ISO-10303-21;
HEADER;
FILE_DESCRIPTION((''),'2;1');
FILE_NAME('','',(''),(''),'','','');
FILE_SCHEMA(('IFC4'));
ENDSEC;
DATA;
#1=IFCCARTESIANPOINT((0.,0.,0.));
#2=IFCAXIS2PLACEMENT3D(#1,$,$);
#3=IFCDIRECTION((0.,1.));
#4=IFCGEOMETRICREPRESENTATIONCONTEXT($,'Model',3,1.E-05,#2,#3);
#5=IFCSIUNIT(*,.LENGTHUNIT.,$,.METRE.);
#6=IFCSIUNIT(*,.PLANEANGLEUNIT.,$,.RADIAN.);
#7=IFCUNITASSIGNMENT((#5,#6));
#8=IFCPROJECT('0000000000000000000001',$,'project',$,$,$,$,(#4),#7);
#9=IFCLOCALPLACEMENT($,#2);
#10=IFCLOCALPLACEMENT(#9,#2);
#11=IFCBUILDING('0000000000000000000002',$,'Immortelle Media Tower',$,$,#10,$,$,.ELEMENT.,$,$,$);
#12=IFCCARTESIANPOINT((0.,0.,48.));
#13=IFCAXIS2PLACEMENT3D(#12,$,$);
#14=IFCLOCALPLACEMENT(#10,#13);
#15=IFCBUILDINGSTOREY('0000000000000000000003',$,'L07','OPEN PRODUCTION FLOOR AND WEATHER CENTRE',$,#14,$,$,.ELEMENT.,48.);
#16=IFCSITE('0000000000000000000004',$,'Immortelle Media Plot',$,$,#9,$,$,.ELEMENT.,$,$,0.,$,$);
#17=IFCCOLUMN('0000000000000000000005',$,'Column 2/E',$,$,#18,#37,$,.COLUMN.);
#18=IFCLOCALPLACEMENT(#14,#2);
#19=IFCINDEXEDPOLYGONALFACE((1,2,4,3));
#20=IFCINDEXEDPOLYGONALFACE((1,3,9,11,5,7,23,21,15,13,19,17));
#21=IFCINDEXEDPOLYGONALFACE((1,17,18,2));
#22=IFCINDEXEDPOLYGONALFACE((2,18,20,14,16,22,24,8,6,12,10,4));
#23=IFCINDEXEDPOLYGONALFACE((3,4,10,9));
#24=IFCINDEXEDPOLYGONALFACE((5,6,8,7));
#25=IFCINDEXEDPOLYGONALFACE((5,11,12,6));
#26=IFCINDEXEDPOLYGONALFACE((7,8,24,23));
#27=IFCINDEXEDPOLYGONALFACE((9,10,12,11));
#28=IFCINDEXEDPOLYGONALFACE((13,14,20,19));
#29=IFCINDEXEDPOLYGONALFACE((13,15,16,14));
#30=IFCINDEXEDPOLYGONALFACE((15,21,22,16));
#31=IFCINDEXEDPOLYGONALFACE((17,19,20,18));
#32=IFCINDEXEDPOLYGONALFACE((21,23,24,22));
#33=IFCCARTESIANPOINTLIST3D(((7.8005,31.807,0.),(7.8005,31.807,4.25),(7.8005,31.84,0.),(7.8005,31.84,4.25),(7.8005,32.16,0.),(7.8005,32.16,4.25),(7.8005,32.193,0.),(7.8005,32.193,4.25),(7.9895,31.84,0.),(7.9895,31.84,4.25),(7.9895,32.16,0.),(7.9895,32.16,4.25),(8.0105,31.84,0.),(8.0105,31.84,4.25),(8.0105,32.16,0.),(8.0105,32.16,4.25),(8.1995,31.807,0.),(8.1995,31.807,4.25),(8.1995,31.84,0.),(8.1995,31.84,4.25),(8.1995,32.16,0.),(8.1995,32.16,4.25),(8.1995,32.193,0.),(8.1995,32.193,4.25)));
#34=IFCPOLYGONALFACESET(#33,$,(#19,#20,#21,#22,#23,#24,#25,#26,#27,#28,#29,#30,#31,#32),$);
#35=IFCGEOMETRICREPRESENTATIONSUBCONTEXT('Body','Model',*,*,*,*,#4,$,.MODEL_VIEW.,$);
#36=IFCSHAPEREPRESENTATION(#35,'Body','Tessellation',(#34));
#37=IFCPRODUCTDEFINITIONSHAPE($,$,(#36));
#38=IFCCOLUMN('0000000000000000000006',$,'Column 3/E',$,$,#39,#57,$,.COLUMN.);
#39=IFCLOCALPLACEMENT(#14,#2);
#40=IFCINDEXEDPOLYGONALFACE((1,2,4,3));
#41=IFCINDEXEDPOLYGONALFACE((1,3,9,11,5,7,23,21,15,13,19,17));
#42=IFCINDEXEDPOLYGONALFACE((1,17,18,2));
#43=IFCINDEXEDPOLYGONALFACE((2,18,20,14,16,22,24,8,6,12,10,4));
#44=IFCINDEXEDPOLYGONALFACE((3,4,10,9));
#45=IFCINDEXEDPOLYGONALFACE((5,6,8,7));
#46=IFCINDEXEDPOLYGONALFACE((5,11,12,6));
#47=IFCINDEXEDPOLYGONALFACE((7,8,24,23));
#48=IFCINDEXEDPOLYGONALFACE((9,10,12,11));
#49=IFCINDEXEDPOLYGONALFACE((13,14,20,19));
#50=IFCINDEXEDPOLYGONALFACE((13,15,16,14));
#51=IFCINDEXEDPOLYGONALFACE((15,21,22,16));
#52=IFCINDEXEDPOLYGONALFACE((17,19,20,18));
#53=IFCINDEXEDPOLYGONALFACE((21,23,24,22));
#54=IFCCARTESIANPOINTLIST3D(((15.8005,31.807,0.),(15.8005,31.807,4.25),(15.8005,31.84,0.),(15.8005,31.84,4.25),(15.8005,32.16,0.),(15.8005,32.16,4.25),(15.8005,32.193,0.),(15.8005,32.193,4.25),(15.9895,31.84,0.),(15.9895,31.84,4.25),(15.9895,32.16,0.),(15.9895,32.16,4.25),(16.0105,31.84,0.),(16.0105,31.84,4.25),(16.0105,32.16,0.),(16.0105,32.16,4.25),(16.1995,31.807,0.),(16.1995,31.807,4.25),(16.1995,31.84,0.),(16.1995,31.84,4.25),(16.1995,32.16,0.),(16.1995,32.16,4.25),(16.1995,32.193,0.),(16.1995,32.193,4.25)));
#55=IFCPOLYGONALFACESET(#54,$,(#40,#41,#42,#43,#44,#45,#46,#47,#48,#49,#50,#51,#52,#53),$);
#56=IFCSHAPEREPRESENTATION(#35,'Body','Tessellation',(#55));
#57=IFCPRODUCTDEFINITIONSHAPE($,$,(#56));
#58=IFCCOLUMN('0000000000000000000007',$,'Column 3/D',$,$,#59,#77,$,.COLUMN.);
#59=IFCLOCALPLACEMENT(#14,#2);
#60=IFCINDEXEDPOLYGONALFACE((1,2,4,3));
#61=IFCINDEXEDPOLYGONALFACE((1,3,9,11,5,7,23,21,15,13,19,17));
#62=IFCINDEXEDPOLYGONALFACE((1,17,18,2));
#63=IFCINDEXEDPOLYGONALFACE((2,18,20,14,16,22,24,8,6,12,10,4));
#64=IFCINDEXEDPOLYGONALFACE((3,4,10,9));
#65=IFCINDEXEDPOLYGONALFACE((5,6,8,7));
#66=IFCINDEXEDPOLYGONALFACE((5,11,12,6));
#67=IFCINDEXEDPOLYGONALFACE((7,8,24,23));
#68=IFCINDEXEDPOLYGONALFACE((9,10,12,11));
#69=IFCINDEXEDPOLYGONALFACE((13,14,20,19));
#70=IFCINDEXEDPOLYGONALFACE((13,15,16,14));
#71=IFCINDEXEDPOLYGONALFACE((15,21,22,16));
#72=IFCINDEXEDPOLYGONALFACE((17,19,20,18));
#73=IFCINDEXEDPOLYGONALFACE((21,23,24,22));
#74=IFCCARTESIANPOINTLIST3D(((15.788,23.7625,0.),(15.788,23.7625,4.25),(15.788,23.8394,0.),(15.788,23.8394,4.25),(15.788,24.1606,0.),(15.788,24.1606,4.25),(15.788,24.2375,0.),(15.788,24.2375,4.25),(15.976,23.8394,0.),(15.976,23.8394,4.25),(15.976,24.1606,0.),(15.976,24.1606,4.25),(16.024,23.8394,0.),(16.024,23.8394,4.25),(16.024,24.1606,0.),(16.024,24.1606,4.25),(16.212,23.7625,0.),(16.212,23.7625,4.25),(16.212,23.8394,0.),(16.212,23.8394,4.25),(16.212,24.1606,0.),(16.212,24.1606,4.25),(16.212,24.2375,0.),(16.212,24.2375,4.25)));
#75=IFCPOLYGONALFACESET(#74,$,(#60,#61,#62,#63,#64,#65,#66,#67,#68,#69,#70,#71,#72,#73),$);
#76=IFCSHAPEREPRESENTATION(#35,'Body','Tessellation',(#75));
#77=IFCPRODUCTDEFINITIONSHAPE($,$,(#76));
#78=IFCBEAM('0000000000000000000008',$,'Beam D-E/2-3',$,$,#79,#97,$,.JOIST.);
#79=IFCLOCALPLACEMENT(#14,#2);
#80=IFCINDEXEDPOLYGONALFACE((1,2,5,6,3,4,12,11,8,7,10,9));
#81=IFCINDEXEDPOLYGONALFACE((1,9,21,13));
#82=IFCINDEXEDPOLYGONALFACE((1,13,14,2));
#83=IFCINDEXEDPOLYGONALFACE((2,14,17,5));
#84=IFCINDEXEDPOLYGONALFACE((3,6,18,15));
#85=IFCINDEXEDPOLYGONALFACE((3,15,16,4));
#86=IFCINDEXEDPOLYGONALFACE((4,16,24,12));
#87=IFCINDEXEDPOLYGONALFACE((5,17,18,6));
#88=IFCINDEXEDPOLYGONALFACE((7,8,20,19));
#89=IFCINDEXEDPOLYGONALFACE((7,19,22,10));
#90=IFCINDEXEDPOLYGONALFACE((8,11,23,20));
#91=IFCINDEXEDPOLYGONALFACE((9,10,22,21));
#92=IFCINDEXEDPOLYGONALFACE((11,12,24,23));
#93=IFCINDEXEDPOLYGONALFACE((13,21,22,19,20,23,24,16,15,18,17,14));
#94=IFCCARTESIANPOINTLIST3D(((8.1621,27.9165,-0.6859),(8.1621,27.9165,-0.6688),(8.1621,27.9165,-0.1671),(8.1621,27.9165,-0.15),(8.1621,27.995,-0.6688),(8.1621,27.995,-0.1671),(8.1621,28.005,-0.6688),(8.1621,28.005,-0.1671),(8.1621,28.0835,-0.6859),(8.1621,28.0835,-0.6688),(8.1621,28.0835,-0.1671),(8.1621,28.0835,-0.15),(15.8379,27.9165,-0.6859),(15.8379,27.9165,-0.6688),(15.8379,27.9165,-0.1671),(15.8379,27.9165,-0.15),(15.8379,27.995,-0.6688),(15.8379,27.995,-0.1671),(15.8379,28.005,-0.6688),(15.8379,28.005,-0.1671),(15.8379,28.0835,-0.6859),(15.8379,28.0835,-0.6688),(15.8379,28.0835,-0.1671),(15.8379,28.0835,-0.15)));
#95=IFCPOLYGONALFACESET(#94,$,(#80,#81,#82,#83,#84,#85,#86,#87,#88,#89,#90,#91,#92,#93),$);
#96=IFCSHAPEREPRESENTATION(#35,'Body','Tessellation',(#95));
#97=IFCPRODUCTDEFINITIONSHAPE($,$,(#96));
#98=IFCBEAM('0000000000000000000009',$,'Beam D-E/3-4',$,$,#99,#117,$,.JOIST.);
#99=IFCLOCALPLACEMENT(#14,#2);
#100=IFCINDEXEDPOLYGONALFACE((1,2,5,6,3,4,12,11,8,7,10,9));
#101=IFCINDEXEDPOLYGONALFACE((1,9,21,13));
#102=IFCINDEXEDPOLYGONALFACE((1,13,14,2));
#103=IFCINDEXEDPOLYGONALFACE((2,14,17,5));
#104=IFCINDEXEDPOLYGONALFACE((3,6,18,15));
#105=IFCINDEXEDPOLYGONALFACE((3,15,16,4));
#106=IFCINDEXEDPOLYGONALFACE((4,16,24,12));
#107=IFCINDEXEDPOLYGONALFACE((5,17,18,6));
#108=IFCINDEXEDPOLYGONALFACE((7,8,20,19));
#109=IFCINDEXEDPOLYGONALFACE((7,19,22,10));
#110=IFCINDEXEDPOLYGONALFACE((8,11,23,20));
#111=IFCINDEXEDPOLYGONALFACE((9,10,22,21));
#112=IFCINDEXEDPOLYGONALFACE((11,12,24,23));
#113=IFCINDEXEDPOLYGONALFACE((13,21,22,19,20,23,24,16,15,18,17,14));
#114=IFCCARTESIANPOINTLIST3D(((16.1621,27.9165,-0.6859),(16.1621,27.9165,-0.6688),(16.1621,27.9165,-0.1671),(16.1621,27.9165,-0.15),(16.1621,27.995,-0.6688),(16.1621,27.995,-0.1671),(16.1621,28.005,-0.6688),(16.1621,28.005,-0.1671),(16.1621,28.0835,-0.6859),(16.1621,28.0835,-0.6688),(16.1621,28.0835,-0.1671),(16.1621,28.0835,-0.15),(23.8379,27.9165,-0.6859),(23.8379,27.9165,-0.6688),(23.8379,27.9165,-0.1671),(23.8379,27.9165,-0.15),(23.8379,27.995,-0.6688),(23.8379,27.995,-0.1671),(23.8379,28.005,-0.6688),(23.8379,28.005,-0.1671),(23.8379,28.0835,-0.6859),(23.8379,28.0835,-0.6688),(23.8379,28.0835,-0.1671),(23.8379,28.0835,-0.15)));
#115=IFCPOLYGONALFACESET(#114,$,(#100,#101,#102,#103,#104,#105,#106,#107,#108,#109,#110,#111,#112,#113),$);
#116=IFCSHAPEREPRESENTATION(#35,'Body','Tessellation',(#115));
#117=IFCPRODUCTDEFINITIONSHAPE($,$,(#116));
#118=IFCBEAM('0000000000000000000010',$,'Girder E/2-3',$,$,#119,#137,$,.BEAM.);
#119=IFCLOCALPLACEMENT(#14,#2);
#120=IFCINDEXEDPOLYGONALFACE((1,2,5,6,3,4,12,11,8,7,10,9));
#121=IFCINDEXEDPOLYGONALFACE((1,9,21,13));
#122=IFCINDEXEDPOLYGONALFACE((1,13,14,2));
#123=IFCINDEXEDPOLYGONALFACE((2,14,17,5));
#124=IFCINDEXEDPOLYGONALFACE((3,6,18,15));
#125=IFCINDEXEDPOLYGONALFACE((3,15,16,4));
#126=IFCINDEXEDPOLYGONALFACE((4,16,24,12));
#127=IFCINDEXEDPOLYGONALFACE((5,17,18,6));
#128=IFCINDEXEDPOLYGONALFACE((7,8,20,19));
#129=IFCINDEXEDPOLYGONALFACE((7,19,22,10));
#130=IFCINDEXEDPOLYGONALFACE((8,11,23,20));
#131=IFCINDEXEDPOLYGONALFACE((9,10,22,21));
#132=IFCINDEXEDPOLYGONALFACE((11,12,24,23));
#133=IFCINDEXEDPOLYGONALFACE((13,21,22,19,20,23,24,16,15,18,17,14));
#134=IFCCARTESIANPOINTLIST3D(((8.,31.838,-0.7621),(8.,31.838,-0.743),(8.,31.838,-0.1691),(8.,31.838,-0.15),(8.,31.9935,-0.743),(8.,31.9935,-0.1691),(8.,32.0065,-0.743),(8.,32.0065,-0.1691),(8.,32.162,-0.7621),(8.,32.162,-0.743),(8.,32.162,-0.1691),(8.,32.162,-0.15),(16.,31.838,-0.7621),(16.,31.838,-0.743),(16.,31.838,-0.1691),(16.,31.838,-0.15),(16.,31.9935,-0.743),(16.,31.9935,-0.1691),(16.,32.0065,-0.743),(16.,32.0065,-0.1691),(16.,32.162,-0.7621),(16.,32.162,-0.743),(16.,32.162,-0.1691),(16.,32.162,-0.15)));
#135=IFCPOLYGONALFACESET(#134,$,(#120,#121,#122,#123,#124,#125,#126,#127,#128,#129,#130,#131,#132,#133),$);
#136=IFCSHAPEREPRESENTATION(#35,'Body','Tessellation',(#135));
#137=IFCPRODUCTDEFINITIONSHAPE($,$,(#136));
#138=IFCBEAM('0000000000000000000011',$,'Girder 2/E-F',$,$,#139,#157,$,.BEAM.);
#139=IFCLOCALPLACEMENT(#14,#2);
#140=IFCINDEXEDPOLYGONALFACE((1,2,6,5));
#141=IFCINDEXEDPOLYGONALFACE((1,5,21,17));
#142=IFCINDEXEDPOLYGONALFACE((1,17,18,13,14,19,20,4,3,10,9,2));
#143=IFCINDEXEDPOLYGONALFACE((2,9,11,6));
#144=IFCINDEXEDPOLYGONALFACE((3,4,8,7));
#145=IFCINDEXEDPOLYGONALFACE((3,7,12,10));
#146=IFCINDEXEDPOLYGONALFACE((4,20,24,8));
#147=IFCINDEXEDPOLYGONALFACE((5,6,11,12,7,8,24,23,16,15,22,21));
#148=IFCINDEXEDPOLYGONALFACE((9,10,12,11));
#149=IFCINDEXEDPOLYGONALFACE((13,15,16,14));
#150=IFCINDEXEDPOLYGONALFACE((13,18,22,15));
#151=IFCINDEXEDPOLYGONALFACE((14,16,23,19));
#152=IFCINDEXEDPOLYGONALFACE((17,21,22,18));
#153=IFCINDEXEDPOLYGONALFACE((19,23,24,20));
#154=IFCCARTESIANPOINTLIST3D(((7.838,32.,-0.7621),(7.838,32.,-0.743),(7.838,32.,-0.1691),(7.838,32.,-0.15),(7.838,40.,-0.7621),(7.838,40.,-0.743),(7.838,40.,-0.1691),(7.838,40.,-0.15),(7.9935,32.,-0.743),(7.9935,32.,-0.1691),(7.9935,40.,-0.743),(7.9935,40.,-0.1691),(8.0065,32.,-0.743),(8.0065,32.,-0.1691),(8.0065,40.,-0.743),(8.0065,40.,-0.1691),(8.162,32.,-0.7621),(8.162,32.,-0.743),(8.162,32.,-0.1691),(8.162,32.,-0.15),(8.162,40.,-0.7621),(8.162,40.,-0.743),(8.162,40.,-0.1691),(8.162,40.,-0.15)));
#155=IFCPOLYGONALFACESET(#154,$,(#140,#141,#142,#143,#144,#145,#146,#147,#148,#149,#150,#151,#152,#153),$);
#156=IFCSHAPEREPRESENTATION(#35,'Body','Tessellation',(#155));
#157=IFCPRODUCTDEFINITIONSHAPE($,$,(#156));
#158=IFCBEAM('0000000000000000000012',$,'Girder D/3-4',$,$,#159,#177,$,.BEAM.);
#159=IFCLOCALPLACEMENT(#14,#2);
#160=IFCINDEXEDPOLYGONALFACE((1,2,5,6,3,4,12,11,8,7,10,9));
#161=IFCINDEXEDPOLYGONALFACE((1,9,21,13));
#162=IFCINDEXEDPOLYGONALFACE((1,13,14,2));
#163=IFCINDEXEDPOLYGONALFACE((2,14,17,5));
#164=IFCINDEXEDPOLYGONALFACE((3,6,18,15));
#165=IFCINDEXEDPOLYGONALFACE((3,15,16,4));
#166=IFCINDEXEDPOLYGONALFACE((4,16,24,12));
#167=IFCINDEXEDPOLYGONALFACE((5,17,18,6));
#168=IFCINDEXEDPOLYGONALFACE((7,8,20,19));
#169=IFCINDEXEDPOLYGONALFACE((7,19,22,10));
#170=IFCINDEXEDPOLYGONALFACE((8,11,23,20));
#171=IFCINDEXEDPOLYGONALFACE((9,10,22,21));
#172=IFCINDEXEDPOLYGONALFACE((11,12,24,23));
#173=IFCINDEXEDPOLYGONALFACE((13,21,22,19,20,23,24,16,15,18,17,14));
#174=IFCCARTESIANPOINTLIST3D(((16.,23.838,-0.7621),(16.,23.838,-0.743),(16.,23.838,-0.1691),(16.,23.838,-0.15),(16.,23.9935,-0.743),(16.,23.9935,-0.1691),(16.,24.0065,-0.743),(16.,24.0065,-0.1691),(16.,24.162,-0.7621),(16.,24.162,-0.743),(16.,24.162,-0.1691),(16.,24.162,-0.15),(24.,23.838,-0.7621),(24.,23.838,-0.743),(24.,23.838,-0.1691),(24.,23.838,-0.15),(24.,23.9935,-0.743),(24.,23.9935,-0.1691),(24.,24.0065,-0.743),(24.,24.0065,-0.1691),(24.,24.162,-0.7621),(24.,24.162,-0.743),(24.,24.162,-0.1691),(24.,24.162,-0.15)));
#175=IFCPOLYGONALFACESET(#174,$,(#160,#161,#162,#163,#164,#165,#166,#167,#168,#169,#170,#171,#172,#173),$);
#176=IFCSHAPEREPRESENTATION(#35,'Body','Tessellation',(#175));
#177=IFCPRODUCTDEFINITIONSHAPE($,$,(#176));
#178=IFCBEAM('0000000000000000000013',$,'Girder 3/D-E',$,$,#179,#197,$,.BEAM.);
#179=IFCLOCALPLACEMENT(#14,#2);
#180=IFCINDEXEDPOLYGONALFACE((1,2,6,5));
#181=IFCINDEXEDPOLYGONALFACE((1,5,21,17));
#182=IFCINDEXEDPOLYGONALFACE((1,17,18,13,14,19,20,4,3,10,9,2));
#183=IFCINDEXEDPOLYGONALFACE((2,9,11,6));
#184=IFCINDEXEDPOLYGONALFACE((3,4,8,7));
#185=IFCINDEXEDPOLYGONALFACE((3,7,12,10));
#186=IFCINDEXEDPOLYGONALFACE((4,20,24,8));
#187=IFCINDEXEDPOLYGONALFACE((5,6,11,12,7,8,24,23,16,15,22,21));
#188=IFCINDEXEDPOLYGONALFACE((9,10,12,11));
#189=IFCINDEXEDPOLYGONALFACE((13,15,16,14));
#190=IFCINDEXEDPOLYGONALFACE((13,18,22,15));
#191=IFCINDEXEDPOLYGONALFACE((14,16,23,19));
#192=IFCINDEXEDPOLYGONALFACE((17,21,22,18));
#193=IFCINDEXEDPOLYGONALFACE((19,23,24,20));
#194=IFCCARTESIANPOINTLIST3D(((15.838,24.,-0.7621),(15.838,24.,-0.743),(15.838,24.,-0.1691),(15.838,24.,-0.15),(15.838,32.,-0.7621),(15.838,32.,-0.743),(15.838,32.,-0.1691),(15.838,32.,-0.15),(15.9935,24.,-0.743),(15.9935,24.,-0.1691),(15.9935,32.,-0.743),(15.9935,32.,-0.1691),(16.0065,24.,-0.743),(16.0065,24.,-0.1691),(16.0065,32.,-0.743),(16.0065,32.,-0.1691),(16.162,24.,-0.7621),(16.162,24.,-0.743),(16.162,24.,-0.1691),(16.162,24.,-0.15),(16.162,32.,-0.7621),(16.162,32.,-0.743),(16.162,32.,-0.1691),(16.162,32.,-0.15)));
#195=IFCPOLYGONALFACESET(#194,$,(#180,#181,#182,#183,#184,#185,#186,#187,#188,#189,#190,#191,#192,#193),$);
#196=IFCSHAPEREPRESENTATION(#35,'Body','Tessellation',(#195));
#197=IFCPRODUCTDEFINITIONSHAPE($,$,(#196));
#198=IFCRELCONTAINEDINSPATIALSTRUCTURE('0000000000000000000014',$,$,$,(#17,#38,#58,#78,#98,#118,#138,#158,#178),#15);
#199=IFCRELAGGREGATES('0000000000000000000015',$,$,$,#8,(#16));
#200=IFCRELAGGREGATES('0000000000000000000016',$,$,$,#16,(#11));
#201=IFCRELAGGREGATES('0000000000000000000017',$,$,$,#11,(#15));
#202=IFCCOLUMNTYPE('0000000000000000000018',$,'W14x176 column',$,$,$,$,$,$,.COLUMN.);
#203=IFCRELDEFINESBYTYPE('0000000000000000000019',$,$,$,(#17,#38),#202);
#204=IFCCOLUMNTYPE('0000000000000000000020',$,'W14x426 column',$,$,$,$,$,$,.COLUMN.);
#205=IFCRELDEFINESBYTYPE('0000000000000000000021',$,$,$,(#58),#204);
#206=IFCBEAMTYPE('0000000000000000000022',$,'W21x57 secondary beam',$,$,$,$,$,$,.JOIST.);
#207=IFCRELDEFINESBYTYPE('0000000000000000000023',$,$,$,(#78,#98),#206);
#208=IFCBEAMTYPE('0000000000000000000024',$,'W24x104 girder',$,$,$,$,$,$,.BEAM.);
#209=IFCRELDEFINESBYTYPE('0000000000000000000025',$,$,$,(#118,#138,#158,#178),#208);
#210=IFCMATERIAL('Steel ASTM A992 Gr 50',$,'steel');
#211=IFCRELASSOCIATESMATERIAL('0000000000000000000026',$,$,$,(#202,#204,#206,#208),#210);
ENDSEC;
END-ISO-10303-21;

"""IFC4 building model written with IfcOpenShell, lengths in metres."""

from ifc_helpers import new_model, si_unit, direction, frame, origin, origin_2d, place, context, subcontext, project, spatial, i_section, extrude, material, material_profile, profile_set, type_object, element, save


model = new_model("IFC4")

# Units and contexts
model_context = context("Model", 3, precision=1e-05, world=origin(), true_north=direction((0.0, 1.0)))
body_context = subcontext(model_context, "Body", "Model", "MODEL_VIEW")
ifc_project = project(units=[si_unit("LENGTHUNIT", "METRE"), si_unit("PLANEANGLEUNIT", "RADIAN")], contexts=[model_context])

# Site, building, storey
site_placement = place(None, origin())
site = spatial("IfcSite", under=ifc_project, at=site_placement, Name="Immortelle Media Plot", CompositionType="ELEMENT", RefElevation=0.0)
building_placement = place(site_placement, origin())
building = spatial("IfcBuilding", under=site, at=building_placement, Name="Immortelle Media Tower", CompositionType="ELEMENT")
storey_placement = place(building_placement, frame((0.0, 0.0, 48.0)))
storey = spatial("IfcBuildingStorey", under=building, at=storey_placement, Name="L07", Description="OPEN PRODUCTION FLOOR AND WEATHER CENTRE", CompositionType="ELEMENT", Elevation=48.0)

# Columns
ifc_material_1 = material(Name="Steel ASTM A992 Gr 50", Category="steel")
ifc_material_profile_1 = material_profile(ifc_material_1, i_section(OverallWidth=0.3989, OverallDepth=0.386, WebThickness=0.021, FlangeThickness=0.033, at=origin_2d()), Name="W14x176")
ifc_profile_set_1 = profile_set([ifc_material_profile_1], Name="Steel ASTM A992 Gr 50")
column_type_1 = type_object("IfcColumnType", Name="W14x176 column", PredefinedType="COLUMN", material=ifc_profile_set_1)
for number, where, z_axis, x_axis, name in (
    (1, (8.0, 32.0, 0.0), (0.0, 0.0, 1.0), (1.0, 0.0, 0.0), "Column 2/E"),
    (2, (16.0, 32.0, 0.0), (0.0, 0.0, 1.0), (1.0, 0.0, 0.0), "Column 3/E"),
):
    element("IfcColumn", number, at=place(storey_placement, frame(where, z_axis=z_axis, x_axis=x_axis)), inside=storey, type_object=column_type_1, Name=name, PredefinedType="COLUMN", context=body_context, shape_type="SweptSolid", body=[
        extrude(i_section(OverallWidth=0.3989, OverallDepth=0.386, WebThickness=0.021, FlangeThickness=0.033, at=origin_2d()), origin(), (0.0, 0.0, 1.0), 4.25),
    ])
ifc_material_profile_2 = material_profile(ifc_material_1, i_section(OverallWidth=0.4241, OverallDepth=0.4751, WebThickness=0.0481, FlangeThickness=0.0769, at=origin_2d()), Name="W14x426")
ifc_profile_set_2 = profile_set([ifc_material_profile_2], Name="Steel ASTM A992 Gr 50")
column_type_2 = type_object("IfcColumnType", Name="W14x426 column", PredefinedType="COLUMN", material=ifc_profile_set_2)
column_placement = place(storey_placement, frame((16.0, 24.0, 0.0), z_axis=(0.0, 0.0, 1.0), x_axis=(1.0, 0.0, 0.0)))
element("IfcColumn", 3, at=column_placement, inside=storey, type_object=column_type_2, Name="Column 3/D", PredefinedType="COLUMN", context=body_context, shape_type="SweptSolid", body=[
    extrude(i_section(OverallWidth=0.4241, OverallDepth=0.4751, WebThickness=0.0481, FlangeThickness=0.0769, at=origin_2d()), origin(), (0.0, 0.0, 1.0), 4.25),
])

# Beams
ifc_material_profile_3 = material_profile(ifc_material_1, i_section(OverallWidth=0.167, OverallDepth=0.5359, WebThickness=0.01, FlangeThickness=0.0171, at=origin_2d()), Name="W21x57")
ifc_profile_set_3 = profile_set([ifc_material_profile_3], Name="Steel ASTM A992 Gr 50")
beam_type_1 = type_object("IfcBeamType", Name="W21x57 secondary beam", PredefinedType="JOIST", material=ifc_profile_set_3)
for number, where, z_axis, x_axis, name in (
    (4, (8.1621, 28.0, -0.418), (1.0, 0.0, 0.0), (0.0, 1.0, 0.0), "Beam D-E/2-3"),
    (5, (16.1621, 28.0, -0.418), (1.0, 0.0, 0.0), (0.0, 1.0, 0.0), "Beam D-E/3-4"),
):
    element("IfcBeam", number, at=place(storey_placement, frame(where, z_axis=z_axis, x_axis=x_axis)), inside=storey, type_object=beam_type_1, Name=name, PredefinedType="JOIST", context=body_context, shape_type="SweptSolid", body=[
        extrude(i_section(OverallWidth=0.167, OverallDepth=0.5359, WebThickness=0.01, FlangeThickness=0.0171, at=origin_2d()), origin(), (0.0, 0.0, 1.0), 7.6758),
    ])
ifc_material_profile_4 = material_profile(ifc_material_1, i_section(OverallWidth=0.324, OverallDepth=0.6121, WebThickness=0.0129, FlangeThickness=0.019, at=origin_2d()), Name="W24x104")
ifc_profile_set_4 = profile_set([ifc_material_profile_4], Name="Steel ASTM A992 Gr 50")
beam_type_2 = type_object("IfcBeamType", Name="W24x104 girder", PredefinedType="BEAM", material=ifc_profile_set_4)
for number, where, z_axis, x_axis, name in (
    (6, (8.0, 32.0, -0.4561), (1.0, 0.0, 0.0), (0.0, 1.0, 0.0), "Girder E/2-3"),
    (7, (8.0, 32.0, -0.4561), (0.0, 1.0, 0.0), (-1.0, 0.0, 0.0), "Girder 2/E-F"),
    (8, (16.0, 24.0, -0.4561), (1.0, 0.0, 0.0), (0.0, 1.0, 0.0), "Girder D/3-4"),
    (9, (16.0, 24.0, -0.4561), (0.0, 1.0, 0.0), (-1.0, 0.0, 0.0), "Girder 3/D-E"),
):
    element("IfcBeam", number, at=place(storey_placement, frame(where, z_axis=z_axis, x_axis=x_axis)), inside=storey, type_object=beam_type_2, Name=name, PredefinedType="BEAM", context=body_context, shape_type="SweptSolid", body=[
        extrude(i_section(OverallWidth=0.324, OverallDepth=0.6121, WebThickness=0.0129, FlangeThickness=0.019, at=origin_2d()), origin(), (0.0, 0.0, 1.0), 8.0),
    ])

save(model, "model.ifc")
